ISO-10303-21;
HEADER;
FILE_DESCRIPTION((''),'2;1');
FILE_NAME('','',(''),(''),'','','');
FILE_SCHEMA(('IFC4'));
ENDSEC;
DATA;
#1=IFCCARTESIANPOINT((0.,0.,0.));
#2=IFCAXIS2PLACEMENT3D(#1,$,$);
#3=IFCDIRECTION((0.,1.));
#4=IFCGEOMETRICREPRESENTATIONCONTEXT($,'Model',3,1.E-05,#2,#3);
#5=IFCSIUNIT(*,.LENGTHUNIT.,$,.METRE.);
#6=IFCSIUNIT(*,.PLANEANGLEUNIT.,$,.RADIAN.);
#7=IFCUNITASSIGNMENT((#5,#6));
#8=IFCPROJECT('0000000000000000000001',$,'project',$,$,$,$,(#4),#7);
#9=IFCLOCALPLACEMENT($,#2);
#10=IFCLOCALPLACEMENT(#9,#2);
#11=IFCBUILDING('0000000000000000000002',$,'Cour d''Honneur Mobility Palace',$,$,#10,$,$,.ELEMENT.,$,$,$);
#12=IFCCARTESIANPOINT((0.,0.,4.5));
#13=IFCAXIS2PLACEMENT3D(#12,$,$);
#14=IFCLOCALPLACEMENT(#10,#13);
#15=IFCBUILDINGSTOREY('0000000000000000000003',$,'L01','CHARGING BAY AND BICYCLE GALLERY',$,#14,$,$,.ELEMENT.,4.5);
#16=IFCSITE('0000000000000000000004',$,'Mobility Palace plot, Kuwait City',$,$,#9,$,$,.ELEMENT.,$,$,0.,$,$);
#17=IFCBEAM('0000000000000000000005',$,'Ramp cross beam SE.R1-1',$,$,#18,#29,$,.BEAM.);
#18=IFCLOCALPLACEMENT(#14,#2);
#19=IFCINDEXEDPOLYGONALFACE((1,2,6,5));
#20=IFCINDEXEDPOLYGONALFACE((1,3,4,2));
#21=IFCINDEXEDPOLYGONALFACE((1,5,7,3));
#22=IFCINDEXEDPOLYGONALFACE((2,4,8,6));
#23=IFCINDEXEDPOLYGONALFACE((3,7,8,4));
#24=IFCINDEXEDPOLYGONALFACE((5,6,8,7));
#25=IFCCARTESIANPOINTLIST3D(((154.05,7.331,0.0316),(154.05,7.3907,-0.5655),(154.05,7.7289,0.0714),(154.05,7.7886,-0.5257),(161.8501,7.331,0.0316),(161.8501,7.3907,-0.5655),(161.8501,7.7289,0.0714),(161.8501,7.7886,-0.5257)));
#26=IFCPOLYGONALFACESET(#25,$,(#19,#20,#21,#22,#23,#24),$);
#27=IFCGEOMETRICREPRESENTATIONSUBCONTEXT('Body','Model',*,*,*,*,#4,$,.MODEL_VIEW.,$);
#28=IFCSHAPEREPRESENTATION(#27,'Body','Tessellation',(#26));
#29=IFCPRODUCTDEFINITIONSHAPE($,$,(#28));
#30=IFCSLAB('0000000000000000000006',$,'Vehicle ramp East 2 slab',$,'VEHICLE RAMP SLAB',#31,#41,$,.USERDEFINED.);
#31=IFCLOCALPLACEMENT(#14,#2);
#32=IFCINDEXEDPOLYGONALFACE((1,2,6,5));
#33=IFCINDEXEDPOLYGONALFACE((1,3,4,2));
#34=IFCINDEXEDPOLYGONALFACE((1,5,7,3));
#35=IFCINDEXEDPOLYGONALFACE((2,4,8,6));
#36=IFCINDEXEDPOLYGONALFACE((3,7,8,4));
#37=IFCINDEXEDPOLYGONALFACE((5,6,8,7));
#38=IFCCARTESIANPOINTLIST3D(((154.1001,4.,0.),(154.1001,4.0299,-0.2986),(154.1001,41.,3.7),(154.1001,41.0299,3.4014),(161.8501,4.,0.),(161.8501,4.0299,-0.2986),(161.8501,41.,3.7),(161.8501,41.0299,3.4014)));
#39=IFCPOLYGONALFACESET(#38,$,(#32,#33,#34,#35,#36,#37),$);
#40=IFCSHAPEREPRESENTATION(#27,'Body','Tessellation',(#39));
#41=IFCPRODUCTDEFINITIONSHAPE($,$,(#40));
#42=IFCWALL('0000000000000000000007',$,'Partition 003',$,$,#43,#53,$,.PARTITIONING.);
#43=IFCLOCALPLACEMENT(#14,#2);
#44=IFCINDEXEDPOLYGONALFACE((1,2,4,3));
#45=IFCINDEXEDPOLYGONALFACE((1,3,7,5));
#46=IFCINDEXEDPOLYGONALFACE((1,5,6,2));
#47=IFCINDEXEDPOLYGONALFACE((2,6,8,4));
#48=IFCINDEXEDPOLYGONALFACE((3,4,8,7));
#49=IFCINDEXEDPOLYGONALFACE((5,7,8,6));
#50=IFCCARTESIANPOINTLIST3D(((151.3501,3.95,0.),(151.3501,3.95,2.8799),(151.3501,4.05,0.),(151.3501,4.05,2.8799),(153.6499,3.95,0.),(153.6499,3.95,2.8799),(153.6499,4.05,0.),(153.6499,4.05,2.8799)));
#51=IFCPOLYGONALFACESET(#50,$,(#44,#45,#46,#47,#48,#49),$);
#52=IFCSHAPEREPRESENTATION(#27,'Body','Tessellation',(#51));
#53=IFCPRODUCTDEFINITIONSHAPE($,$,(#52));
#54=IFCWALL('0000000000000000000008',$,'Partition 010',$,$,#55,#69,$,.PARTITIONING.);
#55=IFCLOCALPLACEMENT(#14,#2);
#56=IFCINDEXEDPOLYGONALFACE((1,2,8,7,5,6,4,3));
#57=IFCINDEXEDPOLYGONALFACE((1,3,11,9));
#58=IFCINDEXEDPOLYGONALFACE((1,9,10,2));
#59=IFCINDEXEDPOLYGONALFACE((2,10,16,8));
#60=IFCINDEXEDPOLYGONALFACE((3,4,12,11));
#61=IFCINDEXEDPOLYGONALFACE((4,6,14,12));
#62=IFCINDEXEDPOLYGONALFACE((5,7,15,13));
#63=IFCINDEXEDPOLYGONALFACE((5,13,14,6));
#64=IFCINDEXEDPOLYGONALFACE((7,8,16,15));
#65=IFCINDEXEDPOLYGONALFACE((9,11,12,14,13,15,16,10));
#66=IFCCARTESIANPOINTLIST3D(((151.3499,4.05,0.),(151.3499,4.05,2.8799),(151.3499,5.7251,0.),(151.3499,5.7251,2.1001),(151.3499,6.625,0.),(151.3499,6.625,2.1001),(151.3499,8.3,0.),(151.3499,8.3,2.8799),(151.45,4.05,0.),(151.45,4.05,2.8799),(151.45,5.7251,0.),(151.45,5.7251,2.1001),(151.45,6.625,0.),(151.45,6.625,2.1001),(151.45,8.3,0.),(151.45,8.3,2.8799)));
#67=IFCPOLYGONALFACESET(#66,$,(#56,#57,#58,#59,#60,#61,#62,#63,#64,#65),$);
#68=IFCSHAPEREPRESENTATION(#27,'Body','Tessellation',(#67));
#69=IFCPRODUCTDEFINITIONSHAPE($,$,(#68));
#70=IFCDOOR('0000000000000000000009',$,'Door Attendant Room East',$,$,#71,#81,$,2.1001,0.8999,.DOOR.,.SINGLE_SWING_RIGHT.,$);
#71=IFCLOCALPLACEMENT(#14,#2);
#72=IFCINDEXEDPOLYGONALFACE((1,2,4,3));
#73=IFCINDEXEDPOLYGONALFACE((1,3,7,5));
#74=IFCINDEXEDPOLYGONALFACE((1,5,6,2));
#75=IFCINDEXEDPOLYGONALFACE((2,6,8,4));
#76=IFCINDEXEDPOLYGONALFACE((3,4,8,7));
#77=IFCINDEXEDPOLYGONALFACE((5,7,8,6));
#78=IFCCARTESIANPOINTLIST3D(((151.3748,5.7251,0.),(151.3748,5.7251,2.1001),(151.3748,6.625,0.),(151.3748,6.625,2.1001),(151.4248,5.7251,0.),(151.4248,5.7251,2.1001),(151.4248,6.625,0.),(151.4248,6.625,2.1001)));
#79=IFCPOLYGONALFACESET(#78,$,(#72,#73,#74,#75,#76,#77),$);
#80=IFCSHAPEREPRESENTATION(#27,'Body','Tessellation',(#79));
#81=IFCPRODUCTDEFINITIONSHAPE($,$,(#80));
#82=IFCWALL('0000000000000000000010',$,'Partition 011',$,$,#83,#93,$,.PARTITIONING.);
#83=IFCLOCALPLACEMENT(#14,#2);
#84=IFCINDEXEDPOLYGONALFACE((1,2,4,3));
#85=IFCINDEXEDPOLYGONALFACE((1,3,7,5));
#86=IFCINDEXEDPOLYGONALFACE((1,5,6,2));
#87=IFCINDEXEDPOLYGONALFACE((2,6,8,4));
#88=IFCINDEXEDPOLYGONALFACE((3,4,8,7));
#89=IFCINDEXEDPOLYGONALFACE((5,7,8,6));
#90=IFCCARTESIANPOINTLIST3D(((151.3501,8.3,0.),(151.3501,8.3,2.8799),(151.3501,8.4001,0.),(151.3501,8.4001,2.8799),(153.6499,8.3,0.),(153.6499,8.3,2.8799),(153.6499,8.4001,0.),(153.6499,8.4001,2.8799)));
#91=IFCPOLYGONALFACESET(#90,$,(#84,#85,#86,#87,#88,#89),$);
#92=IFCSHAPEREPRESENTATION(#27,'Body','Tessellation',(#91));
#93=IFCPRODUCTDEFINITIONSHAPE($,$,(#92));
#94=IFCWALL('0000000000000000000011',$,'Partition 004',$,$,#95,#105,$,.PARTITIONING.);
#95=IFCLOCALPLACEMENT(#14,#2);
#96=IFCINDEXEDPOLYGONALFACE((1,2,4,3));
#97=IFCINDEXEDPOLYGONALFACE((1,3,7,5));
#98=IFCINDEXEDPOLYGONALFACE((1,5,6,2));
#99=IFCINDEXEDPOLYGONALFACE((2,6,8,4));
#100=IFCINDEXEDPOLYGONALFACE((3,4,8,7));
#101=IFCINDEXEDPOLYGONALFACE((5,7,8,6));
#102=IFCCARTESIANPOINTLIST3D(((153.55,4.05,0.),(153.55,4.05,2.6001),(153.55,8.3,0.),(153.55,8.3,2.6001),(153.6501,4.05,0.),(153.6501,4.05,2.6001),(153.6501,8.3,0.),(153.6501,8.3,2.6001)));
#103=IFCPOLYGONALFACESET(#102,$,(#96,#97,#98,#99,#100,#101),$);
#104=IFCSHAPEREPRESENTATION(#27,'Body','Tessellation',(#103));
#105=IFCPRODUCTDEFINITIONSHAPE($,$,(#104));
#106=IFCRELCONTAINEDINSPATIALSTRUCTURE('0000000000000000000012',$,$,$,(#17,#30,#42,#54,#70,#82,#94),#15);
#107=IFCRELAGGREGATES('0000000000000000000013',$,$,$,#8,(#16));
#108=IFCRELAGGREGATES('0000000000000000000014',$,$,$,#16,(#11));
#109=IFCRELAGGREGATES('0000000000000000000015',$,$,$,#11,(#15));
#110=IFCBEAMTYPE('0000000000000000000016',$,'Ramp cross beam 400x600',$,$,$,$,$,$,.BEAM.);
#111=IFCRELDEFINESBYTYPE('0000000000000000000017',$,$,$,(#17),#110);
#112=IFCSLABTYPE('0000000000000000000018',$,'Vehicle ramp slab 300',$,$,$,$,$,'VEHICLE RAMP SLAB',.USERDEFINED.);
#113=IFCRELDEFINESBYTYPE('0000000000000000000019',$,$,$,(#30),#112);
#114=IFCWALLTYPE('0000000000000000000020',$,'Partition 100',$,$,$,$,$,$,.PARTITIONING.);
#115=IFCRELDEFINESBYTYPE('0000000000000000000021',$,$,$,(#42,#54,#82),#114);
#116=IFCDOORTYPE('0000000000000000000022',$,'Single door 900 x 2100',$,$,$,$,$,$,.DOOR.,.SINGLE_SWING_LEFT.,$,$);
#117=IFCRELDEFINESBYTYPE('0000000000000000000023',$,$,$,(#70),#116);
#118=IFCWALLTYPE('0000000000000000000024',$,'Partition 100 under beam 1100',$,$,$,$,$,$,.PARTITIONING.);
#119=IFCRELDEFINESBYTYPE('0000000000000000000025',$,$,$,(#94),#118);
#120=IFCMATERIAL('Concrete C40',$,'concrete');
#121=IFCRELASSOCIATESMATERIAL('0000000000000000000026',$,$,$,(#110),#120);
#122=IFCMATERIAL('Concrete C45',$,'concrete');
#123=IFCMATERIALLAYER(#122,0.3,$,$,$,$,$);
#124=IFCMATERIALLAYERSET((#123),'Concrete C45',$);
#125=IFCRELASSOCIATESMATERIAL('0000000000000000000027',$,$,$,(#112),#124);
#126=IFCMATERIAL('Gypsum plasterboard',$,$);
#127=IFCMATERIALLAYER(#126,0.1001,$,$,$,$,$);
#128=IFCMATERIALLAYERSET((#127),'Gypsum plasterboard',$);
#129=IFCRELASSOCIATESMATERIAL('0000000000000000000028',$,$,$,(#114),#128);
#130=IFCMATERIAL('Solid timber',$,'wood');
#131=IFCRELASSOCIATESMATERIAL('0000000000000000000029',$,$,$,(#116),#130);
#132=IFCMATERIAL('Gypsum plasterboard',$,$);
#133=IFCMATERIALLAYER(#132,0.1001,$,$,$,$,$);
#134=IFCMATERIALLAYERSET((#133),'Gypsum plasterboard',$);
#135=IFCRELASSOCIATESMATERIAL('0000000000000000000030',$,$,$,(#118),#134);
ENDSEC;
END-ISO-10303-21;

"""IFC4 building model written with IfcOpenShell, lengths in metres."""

from ifc_helpers import new_model, si_unit, direction, frame, frame_2d, origin, origin_2d, place, context, subcontext, project, spatial, polyline, rectangle, outline, extrude, material, layer, layer_set, material_profile, profile_set, type_object, element, fill, save


model = new_model("IFC4")

# Units and contexts
model_context = context("Model", 3, precision=1e-05, world=origin(), true_north=direction((0.0, 1.0)))
body_context = subcontext(model_context, "Body", "Model", "MODEL_VIEW")
ifc_project = project(units=[si_unit("LENGTHUNIT", "METRE"), si_unit("PLANEANGLEUNIT", "RADIAN")], contexts=[model_context])

# Site, building, storey
site_placement = place(None, origin())
site = spatial("IfcSite", under=ifc_project, at=site_placement, Name="Mobility Palace plot, Kuwait City", CompositionType="ELEMENT", RefElevation=0.0)
building_placement = place(site_placement, origin())
building = spatial("IfcBuilding", under=site, at=building_placement, Name="Cour d'Honneur Mobility Palace", CompositionType="ELEMENT")
storey_placement = place(building_placement, frame((0.0, 0.0, 4.5)))
storey = spatial("IfcBuildingStorey", under=building, at=storey_placement, Name="L01", Description="CHARGING BAY AND BICYCLE GALLERY", CompositionType="ELEMENT", Elevation=4.5)

# Beam
ifc_material_1 = material(Name="Concrete C40", Category="concrete")
ifc_material_profile_1 = material_profile(ifc_material_1, rectangle(XDim=0.3999, YDim=0.6001, at=origin_2d()), Name="Ramp cross beam 400x600")
ifc_profile_set_1 = profile_set([ifc_material_profile_1], Name="Concrete C40")
beam_type_1 = type_object("IfcBeamType", Name="Ramp cross beam 400x600", PredefinedType="BEAM", material=ifc_profile_set_1)
beam_1_placement = place(storey_placement, frame((161.8501, 7.5598, -0.2471), z_axis=(-1.0, 0.0, 0.0), x_axis=(0.0, -0.995037, -0.099504)))
element("IfcBeam", 1, at=beam_1_placement, inside=storey, type_object=beam_type_1, Name="Ramp cross beam SE.R1-1", PredefinedType="BEAM", context=body_context, shape_type="SweptSolid", body=[
    extrude(rectangle(XDim=0.3999, YDim=0.6001, at=origin_2d()), origin(), (0.0, 0.0, 1.0), 7.8),
])

# Slab
ifc_material_2 = material(Name="Concrete C45", Category="concrete")
ifc_layer_1 = layer(ifc_material_2, 0.3)
ifc_layer_set_1 = layer_set([ifc_layer_1], Name="Concrete C45")
slab_type = type_object("IfcSlabType", Name="Vehicle ramp slab 300", ElementType="VEHICLE RAMP SLAB", PredefinedType="USERDEFINED", material=ifc_layer_set_1)
slab_placement = place(storey_placement, frame((154.1001, 4.0, 0.0), z_axis=(0.0, -0.099502, 0.995037), x_axis=(1.0, 0.0, 0.0)))
element("IfcSlab", 2, at=slab_placement, inside=storey, type_object=slab_type, Name="Vehicle ramp East 2 slab", ObjectType="VEHICLE RAMP SLAB", PredefinedType="USERDEFINED", context=body_context, shape_type="SweptSolid", body=[
    extrude(outline(polyline([(0.0, 0.0), (7.75, 0.0), (7.75, 37.1845), (0.0, 37.1845), (0.0, 0.0)])), origin(), (0.0, 0.0, -1.0), 0.3),
])

# Wall
ifc_material_3 = material(Name="Gypsum plasterboard")
ifc_layer_2 = layer(ifc_material_3, 0.1001)
ifc_layer_set_2 = layer_set([ifc_layer_2], Name="Gypsum plasterboard")
wall_type_1 = type_object("IfcWallType", Name="Partition 100", PredefinedType="PARTITIONING", material=ifc_layer_set_2)
wall_1_placement = place(storey_placement, frame((151.3501, 4.0, 0.0), z_axis=(0.0, 0.0, 1.0), x_axis=(1.0, 0.0, 0.0)))
element("IfcWall", 3, at=wall_1_placement, inside=storey, type_object=wall_type_1, Name="Partition 003", PredefinedType="PARTITIONING", context=body_context, shape_type="SweptSolid", body=[
    extrude(rectangle(XDim=2.2998, YDim=0.1001, at=frame_2d((1.1499, 0.0))), origin(), (0.0, 0.0, 1.0), 2.8799),
])

# Wall, opening, door
wall_2_placement = place(storey_placement, frame((151.3999, 8.3, 0.0), z_axis=(0.0, 0.0, 1.0), x_axis=(0.0, -1.0, 0.0)))
wall_2 = element("IfcWall", 4, at=wall_2_placement, inside=storey, type_object=wall_type_1, Name="Partition 010", PredefinedType="PARTITIONING", context=body_context, shape_type="SweptSolid", body=[
    extrude(rectangle(XDim=4.25, YDim=0.1001, at=frame_2d((2.125, 0.0))), origin(), (0.0, 0.0, 1.0), 2.8799),
])
opening_placement = place(wall_2_placement, frame((1.675, 0.0, 0.0)))
opening = element("IfcOpeningElement", 5, at=opening_placement, cuts=wall_2, PredefinedType="OPENING", context=body_context, shape_type="SweptSolid", body=[
    extrude(rectangle(XDim=0.8999, YDim=2.1001, at=frame_2d((0.45, 1.05))), frame((0.0, 0.0601, 0.0), z_axis=(0.0, -1.0, 0.0), x_axis=(1.0, 0.0, 0.0)), (0.0, 0.0, 1.0), 0.1201),
])
ifc_material_4 = material(Name="Solid timber", Category="wood")
door_type = type_object("IfcDoorType", Name="Single door 900 x 2100", OperationType="SINGLE_SWING_LEFT", PredefinedType="DOOR", material=ifc_material_4)
door_placement = place(opening_placement, origin())
door = element("IfcDoor", 6, at=door_placement, inside=storey, type_object=door_type, Name="Door Attendant Room East", OperationType="SINGLE_SWING_RIGHT", OverallHeight=2.1001, OverallWidth=0.8999, PredefinedType="DOOR", context=body_context, shape_type="SweptSolid", body=[
    extrude(rectangle(XDim=0.8999, YDim=2.1001, at=frame_2d((0.45, 1.05))), frame((0.0, 0.0249, 0.0), z_axis=(0.0, -1.0, 0.0), x_axis=(1.0, 0.0, 0.0)), (0.0, 0.0, 1.0), 0.05),
])
fill(opening, door)

# Walls
wall_3_placement = place(storey_placement, frame((153.6499, 8.3501, 0.0), z_axis=(0.0, 0.0, 1.0), x_axis=(-1.0, 0.0, 0.0)))
element("IfcWall", 7, at=wall_3_placement, inside=storey, type_object=wall_type_1, Name="Partition 011", PredefinedType="PARTITIONING", context=body_context, shape_type="SweptSolid", body=[
    extrude(rectangle(XDim=2.2998, YDim=0.1001, at=frame_2d((1.1499, 0.0))), origin(), (0.0, 0.0, 1.0), 2.8799),
])
ifc_material_5 = material(Name="Gypsum plasterboard")
ifc_layer_3 = layer(ifc_material_5, 0.1001)
ifc_layer_set_3 = layer_set([ifc_layer_3], Name="Gypsum plasterboard")
wall_type_2 = type_object("IfcWallType", Name="Partition 100 under beam 1100", PredefinedType="PARTITIONING", material=ifc_layer_set_3)
wall_4_placement = place(storey_placement, frame((153.6001, 4.05, 0.0), z_axis=(0.0, 0.0, 1.0), x_axis=(0.0, 1.0, 0.0)))
element("IfcWall", 8, at=wall_4_placement, inside=storey, type_object=wall_type_2, Name="Partition 004", PredefinedType="PARTITIONING", context=body_context, shape_type="SweptSolid", body=[
    extrude(rectangle(XDim=4.25, YDim=0.1001, at=frame_2d((2.125, 0.0))), origin(), (0.0, 0.0, 1.0), 2.6001),
])

save(model, "model.ifc")
